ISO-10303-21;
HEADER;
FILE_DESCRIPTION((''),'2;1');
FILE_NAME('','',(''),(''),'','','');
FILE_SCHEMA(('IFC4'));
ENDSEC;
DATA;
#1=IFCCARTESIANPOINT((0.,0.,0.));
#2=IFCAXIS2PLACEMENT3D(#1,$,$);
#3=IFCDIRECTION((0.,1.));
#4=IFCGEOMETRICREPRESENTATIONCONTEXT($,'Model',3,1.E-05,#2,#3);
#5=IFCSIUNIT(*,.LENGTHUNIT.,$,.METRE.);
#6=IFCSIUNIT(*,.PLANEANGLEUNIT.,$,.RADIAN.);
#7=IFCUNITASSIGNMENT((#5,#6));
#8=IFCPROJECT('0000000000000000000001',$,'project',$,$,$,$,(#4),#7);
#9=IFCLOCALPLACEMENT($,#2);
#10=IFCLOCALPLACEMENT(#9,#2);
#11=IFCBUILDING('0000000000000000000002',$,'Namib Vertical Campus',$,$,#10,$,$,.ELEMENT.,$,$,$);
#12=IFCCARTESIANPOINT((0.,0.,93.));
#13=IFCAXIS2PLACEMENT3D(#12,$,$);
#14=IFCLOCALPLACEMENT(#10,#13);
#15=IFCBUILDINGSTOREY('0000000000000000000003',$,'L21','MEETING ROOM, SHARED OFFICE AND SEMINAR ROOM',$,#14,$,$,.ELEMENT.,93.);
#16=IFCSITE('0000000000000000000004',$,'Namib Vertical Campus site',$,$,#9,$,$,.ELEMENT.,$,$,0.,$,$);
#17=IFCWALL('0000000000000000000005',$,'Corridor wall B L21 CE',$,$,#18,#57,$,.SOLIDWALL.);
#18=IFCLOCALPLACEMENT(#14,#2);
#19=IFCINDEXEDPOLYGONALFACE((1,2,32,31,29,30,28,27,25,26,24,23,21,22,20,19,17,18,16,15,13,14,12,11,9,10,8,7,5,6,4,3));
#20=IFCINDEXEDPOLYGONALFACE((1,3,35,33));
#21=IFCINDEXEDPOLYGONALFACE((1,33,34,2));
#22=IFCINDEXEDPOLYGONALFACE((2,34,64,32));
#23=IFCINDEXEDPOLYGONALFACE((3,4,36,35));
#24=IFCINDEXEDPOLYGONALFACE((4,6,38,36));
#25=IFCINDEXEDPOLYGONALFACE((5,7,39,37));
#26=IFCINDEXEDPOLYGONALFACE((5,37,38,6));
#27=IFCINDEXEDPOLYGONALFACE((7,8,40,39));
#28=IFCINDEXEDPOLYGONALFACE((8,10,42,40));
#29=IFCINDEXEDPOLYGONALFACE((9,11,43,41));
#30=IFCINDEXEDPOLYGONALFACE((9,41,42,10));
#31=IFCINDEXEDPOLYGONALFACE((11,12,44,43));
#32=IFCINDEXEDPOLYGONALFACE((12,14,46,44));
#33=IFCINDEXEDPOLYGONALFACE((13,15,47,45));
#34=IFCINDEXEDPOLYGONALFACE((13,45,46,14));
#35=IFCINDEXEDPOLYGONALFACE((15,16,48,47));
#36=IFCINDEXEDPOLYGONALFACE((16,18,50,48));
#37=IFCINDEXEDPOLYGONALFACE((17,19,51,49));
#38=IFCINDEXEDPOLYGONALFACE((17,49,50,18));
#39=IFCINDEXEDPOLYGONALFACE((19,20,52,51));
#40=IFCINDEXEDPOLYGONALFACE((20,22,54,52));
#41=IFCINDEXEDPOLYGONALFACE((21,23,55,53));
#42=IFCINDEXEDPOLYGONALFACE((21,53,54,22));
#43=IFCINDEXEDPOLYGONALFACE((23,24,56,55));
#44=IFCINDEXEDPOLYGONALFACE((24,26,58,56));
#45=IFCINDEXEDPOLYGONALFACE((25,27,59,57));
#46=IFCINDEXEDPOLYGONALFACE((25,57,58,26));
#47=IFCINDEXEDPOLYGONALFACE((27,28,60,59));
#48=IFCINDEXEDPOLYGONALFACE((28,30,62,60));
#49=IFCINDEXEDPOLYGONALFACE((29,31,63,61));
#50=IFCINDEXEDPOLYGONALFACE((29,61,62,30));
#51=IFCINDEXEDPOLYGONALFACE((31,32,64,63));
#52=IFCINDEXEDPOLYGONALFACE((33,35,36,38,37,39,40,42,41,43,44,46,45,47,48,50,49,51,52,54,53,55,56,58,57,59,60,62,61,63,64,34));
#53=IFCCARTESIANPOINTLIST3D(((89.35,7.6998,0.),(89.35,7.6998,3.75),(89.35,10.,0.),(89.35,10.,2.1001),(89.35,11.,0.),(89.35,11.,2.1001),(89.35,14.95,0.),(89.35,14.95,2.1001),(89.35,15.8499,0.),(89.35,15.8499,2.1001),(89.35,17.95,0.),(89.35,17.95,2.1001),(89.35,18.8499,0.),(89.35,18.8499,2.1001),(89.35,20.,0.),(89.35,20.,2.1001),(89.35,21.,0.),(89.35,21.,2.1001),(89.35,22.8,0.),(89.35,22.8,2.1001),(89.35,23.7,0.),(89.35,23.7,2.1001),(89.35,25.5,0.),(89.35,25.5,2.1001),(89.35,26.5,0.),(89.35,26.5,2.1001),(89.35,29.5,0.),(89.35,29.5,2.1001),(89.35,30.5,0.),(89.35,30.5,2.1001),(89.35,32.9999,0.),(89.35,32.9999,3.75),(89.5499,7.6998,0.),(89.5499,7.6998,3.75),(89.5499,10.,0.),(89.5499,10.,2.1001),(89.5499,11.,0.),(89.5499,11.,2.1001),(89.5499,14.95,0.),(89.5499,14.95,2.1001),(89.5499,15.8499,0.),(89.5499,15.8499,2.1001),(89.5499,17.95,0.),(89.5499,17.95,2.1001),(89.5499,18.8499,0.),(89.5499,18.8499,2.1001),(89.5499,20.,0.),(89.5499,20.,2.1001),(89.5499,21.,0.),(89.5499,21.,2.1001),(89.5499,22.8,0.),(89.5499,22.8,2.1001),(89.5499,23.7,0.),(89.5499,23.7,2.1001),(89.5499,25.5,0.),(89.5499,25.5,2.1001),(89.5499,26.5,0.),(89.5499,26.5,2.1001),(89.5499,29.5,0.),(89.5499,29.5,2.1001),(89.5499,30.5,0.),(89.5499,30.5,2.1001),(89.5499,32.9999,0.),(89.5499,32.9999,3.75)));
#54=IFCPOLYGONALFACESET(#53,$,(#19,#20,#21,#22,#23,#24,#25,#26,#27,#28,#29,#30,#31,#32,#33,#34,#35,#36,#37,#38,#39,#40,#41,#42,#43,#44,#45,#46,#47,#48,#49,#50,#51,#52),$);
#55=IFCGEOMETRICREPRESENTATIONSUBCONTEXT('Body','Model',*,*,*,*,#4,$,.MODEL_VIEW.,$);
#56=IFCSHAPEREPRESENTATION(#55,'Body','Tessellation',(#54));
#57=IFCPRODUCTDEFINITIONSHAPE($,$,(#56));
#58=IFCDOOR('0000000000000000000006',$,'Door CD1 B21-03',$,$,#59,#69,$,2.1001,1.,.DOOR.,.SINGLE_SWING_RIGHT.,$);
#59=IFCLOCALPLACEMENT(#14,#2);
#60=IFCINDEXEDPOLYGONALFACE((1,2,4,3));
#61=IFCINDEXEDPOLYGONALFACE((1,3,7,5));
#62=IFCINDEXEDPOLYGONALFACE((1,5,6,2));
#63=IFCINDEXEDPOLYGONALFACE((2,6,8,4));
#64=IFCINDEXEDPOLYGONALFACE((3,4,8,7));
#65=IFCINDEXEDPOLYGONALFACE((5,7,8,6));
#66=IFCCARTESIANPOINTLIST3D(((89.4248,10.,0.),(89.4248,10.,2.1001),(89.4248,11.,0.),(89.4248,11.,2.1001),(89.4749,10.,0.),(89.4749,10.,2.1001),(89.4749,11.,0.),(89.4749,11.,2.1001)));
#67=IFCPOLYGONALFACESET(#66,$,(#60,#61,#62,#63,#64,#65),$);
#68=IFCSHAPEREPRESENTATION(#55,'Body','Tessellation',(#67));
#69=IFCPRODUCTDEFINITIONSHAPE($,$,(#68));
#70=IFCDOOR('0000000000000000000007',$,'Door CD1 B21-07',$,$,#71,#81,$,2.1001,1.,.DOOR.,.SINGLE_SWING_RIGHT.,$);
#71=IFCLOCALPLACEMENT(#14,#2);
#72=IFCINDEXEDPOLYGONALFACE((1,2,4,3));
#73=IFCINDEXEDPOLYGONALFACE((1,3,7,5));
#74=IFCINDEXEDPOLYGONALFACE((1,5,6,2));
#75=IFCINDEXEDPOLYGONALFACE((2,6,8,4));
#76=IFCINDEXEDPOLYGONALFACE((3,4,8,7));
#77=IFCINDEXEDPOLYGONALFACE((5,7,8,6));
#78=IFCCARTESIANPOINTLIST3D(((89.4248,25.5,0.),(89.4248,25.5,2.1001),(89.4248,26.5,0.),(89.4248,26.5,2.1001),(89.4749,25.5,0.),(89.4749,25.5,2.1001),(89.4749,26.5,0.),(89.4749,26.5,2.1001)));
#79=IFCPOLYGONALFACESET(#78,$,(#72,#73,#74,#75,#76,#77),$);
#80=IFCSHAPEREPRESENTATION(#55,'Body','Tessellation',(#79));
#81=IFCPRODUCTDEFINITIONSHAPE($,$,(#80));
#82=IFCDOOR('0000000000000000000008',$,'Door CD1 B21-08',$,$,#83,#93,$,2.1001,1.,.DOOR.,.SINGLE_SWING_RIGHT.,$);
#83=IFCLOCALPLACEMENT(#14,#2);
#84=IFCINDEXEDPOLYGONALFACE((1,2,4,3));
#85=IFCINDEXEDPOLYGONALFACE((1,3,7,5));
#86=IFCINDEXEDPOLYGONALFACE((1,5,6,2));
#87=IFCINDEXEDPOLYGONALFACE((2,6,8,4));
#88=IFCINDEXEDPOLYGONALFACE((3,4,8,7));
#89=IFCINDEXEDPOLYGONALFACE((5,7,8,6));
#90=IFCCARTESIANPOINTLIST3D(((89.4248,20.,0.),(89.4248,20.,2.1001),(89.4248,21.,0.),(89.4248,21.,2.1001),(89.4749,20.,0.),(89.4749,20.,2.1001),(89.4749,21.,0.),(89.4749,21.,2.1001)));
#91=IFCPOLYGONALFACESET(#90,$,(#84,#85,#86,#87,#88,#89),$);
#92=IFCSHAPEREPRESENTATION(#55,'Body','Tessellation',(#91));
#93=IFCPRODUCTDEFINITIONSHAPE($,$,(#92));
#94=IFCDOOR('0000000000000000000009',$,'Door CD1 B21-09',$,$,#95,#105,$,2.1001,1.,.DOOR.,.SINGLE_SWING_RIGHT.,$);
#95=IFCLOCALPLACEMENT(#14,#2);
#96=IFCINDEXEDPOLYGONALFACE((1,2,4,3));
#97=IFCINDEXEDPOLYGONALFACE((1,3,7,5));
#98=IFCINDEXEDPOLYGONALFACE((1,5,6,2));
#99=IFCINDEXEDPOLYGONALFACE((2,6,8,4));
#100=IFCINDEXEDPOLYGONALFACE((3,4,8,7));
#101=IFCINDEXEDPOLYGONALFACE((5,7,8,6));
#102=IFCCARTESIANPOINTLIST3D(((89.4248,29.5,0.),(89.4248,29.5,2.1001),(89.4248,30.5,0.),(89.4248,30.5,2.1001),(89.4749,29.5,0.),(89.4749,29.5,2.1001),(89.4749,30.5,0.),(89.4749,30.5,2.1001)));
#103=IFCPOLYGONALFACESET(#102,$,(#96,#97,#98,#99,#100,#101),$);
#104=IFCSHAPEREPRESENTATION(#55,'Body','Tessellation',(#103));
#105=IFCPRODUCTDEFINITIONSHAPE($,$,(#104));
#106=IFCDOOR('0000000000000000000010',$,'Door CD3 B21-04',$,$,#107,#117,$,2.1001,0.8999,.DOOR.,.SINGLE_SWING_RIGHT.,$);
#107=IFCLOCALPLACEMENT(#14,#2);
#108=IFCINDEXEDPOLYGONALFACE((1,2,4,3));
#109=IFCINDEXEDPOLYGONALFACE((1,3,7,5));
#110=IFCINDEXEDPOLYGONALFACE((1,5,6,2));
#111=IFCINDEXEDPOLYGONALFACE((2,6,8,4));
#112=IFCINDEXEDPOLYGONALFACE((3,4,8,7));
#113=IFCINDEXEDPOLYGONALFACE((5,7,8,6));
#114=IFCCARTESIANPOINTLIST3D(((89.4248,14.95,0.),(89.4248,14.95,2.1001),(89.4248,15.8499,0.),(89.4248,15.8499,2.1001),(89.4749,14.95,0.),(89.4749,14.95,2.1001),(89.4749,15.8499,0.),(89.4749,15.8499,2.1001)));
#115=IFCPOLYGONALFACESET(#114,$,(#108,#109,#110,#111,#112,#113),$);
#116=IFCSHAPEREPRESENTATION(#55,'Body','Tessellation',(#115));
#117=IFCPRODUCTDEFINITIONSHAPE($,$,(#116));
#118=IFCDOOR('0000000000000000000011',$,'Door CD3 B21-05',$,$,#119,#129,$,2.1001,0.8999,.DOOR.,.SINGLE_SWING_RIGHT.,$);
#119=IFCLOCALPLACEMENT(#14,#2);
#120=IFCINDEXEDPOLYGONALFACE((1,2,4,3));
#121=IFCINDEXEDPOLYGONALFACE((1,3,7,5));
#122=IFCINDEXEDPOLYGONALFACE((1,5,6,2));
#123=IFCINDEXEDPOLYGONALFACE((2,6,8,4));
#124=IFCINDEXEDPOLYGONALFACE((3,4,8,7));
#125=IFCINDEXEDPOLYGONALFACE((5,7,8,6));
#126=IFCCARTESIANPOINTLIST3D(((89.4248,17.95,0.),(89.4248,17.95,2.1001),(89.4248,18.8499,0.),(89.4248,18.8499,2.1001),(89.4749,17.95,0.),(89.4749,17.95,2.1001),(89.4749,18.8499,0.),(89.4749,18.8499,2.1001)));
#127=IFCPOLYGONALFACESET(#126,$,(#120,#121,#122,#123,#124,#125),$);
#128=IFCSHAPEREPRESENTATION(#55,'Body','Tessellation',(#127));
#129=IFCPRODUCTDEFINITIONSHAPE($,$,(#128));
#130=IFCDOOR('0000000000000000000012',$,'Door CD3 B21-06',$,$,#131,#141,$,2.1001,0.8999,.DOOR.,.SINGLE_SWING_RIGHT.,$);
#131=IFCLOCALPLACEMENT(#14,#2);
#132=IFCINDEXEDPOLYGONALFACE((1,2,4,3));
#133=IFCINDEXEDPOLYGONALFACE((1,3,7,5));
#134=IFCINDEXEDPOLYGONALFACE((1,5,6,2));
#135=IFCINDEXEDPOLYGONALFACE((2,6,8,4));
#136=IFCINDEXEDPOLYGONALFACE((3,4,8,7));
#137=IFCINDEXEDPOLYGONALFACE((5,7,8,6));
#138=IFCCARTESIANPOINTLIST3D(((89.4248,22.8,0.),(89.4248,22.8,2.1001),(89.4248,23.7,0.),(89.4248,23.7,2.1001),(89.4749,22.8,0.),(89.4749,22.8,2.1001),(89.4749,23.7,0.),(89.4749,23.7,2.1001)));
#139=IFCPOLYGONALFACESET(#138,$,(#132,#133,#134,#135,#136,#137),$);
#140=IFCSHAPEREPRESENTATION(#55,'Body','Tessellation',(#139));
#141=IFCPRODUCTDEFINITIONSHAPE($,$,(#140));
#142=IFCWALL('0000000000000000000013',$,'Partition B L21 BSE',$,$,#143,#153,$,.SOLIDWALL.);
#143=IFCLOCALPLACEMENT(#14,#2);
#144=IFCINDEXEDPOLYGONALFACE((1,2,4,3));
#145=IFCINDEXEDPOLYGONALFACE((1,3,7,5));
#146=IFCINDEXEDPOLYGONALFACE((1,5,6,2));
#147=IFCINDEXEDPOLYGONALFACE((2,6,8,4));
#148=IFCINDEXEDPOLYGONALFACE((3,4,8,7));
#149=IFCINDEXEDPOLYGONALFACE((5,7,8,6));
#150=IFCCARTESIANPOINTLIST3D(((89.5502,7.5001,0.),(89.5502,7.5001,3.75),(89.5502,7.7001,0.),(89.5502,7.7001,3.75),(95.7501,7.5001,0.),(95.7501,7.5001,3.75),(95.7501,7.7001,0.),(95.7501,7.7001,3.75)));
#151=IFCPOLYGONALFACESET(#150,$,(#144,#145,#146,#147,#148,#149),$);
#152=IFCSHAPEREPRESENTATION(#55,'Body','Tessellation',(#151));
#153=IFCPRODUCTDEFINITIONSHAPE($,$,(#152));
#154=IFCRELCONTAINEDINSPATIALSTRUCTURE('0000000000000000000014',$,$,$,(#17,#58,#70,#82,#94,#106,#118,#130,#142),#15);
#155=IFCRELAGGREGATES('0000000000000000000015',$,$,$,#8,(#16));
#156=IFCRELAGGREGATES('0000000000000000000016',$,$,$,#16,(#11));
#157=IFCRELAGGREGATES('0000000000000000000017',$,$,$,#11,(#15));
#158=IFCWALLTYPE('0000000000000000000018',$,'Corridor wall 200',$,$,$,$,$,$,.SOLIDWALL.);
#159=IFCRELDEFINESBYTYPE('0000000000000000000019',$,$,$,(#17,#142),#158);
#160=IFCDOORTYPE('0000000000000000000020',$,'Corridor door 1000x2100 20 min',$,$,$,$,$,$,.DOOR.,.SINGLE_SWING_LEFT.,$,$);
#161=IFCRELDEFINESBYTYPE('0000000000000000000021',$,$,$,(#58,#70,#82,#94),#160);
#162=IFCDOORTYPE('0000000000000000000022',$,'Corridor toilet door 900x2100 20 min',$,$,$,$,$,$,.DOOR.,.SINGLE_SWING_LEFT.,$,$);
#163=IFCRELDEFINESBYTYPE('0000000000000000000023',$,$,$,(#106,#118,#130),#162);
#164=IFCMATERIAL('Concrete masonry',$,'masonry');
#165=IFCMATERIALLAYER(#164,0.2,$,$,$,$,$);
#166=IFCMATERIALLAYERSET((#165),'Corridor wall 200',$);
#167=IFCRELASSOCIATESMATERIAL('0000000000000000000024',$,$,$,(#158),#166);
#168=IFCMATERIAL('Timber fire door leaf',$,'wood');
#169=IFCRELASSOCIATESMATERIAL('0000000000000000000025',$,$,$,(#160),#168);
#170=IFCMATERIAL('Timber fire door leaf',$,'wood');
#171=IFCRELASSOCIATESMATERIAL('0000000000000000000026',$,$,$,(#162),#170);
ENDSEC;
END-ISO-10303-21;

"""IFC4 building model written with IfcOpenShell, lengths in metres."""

from ifc_helpers import new_model, si_unit, direction, frame, frame_2d, origin, place, context, subcontext, project, spatial, rectangle, extrude, material, layer, layer_set, type_object, element, fill, save


model = new_model("IFC4")

# Units and contexts
model_context = context("Model", 3, precision=1e-05, world=origin(), true_north=direction((0.0, 1.0)))
body_context = subcontext(model_context, "Body", "Model", "MODEL_VIEW")
ifc_project = project(units=[si_unit("LENGTHUNIT", "METRE"), si_unit("PLANEANGLEUNIT", "RADIAN")], contexts=[model_context])

# Site, building, storey
site_placement = place(None, origin())
site = spatial("IfcSite", under=ifc_project, at=site_placement, Name="Namib Vertical Campus site", CompositionType="ELEMENT", RefElevation=0.0)
building_placement = place(site_placement, origin())
building = spatial("IfcBuilding", under=site, at=building_placement, Name="Namib Vertical Campus", CompositionType="ELEMENT")
storey_placement = place(building_placement, frame((0.0, 0.0, 93.0)))
storey = spatial("IfcBuildingStorey", under=building, at=storey_placement, Name="L21", Description="MEETING ROOM, SHARED OFFICE AND SEMINAR ROOM", CompositionType="ELEMENT", Elevation=93.0)

# Wall, openings, doors
ifc_material_1 = material(Name="Concrete masonry", Category="masonry")
ifc_layer_1 = layer(ifc_material_1, 0.2)
ifc_layer_set_1 = layer_set([ifc_layer_1], Name="Corridor wall 200")
wall_type_1 = type_object("IfcWallType", Name="Corridor wall 200", PredefinedType="SOLIDWALL", material=ifc_layer_set_1)
wall_1_placement = place(storey_placement, frame((89.45, 7.7, 0.0), z_axis=(0.0, 0.0, 1.0), x_axis=(0.0, 1.0, 0.0)))
wall_1 = element("IfcWall", 1, at=wall_1_placement, inside=storey, type_object=wall_type_1, Name="Corridor wall B L21 CE", PredefinedType="SOLIDWALL", context=body_context, shape_type="SweptSolid", body=[
    extrude(rectangle(XDim=25.3, YDim=0.2, at=frame_2d((12.6499, 0.0))), origin(), (0.0, 0.0, 1.0), 3.75),
])
opening_1_placement = place(wall_1_placement, frame((2.3, 0.0, 0.0)))
opening_1 = element("IfcOpeningElement", 2, at=opening_1_placement, cuts=wall_1, PredefinedType="OPENING", context=body_context, shape_type="SweptSolid", body=[
    extrude(rectangle(XDim=1.0, YDim=2.1001, at=frame_2d((0.5, 1.05))), frame((0.0, 0.1099, 0.0), z_axis=(0.0, -1.0, 0.0), x_axis=(1.0, 0.0, 0.0)), (0.0, 0.0, 1.0), 0.22),
])
opening_2_placement = place(wall_1_placement, frame((7.25, 0.0, 0.0)))
opening_2 = element("IfcOpeningElement", 3, at=opening_2_placement, cuts=wall_1, PredefinedType="OPENING", context=body_context, shape_type="SweptSolid", body=[
    extrude(rectangle(XDim=0.8999, YDim=2.1001, at=frame_2d((0.45, 1.05))), frame((0.0, 0.1099, 0.0), z_axis=(0.0, -1.0, 0.0), x_axis=(1.0, 0.0, 0.0)), (0.0, 0.0, 1.0), 0.22),
])
opening_3_placement = place(wall_1_placement, frame((10.25, 0.0, 0.0)))
opening_3 = element("IfcOpeningElement", 4, at=opening_3_placement, cuts=wall_1, PredefinedType="OPENING", context=body_context, shape_type="SweptSolid", body=[
    extrude(rectangle(XDim=0.8999, YDim=2.1001, at=frame_2d((0.45, 1.05))), frame((0.0, 0.1099, 0.0), z_axis=(0.0, -1.0, 0.0), x_axis=(1.0, 0.0, 0.0)), (0.0, 0.0, 1.0), 0.22),
])
opening_4_placement = place(wall_1_placement, frame((15.1001, 0.0, 0.0)))
opening_4 = element("IfcOpeningElement", 5, at=opening_4_placement, cuts=wall_1, PredefinedType="OPENING", context=body_context, shape_type="SweptSolid", body=[
    extrude(rectangle(XDim=0.8999, YDim=2.1001, at=frame_2d((0.45, 1.05))), frame((0.0, 0.1099, 0.0), z_axis=(0.0, -1.0, 0.0), x_axis=(1.0, 0.0, 0.0)), (0.0, 0.0, 1.0), 0.22),
])
opening_5_placement = place(wall_1_placement, frame((17.8, 0.0, 0.0)))
opening_5 = element("IfcOpeningElement", 6, at=opening_5_placement, cuts=wall_1, PredefinedType="OPENING", context=body_context, shape_type="SweptSolid", body=[
    extrude(rectangle(XDim=1.0, YDim=2.1001, at=frame_2d((0.5, 1.05))), frame((0.0, 0.1099, 0.0), z_axis=(0.0, -1.0, 0.0), x_axis=(1.0, 0.0, 0.0)), (0.0, 0.0, 1.0), 0.22),
])
opening_6_placement = place(wall_1_placement, frame((12.3, 0.0, 0.0)))
opening_6 = element("IfcOpeningElement", 7, at=opening_6_placement, cuts=wall_1, PredefinedType="OPENING", context=body_context, shape_type="SweptSolid", body=[
    extrude(rectangle(XDim=1.0, YDim=2.1001, at=frame_2d((0.5, 1.05))), frame((0.0, 0.1099, 0.0), z_axis=(0.0, -1.0, 0.0), x_axis=(1.0, 0.0, 0.0)), (0.0, 0.0, 1.0), 0.22),
])
opening_7_placement = place(wall_1_placement, frame((21.8, 0.0, 0.0)))
opening_7 = element("IfcOpeningElement", 8, at=opening_7_placement, cuts=wall_1, PredefinedType="OPENING", context=body_context, shape_type="SweptSolid", body=[
    extrude(rectangle(XDim=1.0, YDim=2.1001, at=frame_2d((0.5, 1.05))), frame((0.0, 0.1099, 0.0), z_axis=(0.0, -1.0, 0.0), x_axis=(1.0, 0.0, 0.0)), (0.0, 0.0, 1.0), 0.22),
])
ifc_material_2 = material(Name="Timber fire door leaf", Category="wood")
door_type_1 = type_object("IfcDoorType", Name="Corridor door 1000x2100 20 min", OperationType="SINGLE_SWING_LEFT", PredefinedType="DOOR", material=ifc_material_2)
door_1_placement = place(opening_1_placement, frame((1.0, 0.0, 0.0), z_axis=(0.0, 0.0, 1.0), x_axis=(-1.0, 0.0, 0.0)))
door_1 = element("IfcDoor", 9, at=door_1_placement, inside=storey, type_object=door_type_1, Name="Door CD1 B21-03", OperationType="SINGLE_SWING_RIGHT", OverallHeight=2.1001, OverallWidth=1.0, PredefinedType="DOOR", context=body_context, shape_type="SweptSolid", body=[
    extrude(rectangle(XDim=1.0, YDim=2.1001, at=frame_2d((0.5, 1.05))), frame((0.0, 0.0249, 0.0), z_axis=(0.0, -1.0, 0.0), x_axis=(1.0, 0.0, 0.0)), (0.0, 0.0, 1.0), 0.05),
])
fill(opening_1, door_1)
door_2_placement = place(opening_5_placement, frame((1.0, 0.0, 0.0), z_axis=(0.0, 0.0, 1.0), x_axis=(-1.0, 0.0, 0.0)))
door_2 = element("IfcDoor", 10, at=door_2_placement, inside=storey, type_object=door_type_1, Name="Door CD1 B21-07", OperationType="SINGLE_SWING_RIGHT", OverallHeight=2.1001, OverallWidth=1.0, PredefinedType="DOOR", context=body_context, shape_type="SweptSolid", body=[
    extrude(rectangle(XDim=1.0, YDim=2.1001, at=frame_2d((0.5, 1.05))), frame((0.0, 0.0249, 0.0), z_axis=(0.0, -1.0, 0.0), x_axis=(1.0, 0.0, 0.0)), (0.0, 0.0, 1.0), 0.05),
])
fill(opening_5, door_2)
door_3_placement = place(opening_6_placement, frame((1.0, 0.0, 0.0), z_axis=(0.0, 0.0, 1.0), x_axis=(-1.0, 0.0, 0.0)))
door_3 = element("IfcDoor", 11, at=door_3_placement, inside=storey, type_object=door_type_1, Name="Door CD1 B21-08", OperationType="SINGLE_SWING_RIGHT", OverallHeight=2.1001, OverallWidth=1.0, PredefinedType="DOOR", context=body_context, shape_type="SweptSolid", body=[
    extrude(rectangle(XDim=1.0, YDim=2.1001, at=frame_2d((0.5, 1.05))), frame((0.0, 0.0249, 0.0), z_axis=(0.0, -1.0, 0.0), x_axis=(1.0, 0.0, 0.0)), (0.0, 0.0, 1.0), 0.05),
])
fill(opening_6, door_3)
door_4_placement = place(opening_7_placement, frame((1.0, 0.0, 0.0), z_axis=(0.0, 0.0, 1.0), x_axis=(-1.0, 0.0, 0.0)))
door_4 = element("IfcDoor", 12, at=door_4_placement, inside=storey, type_object=door_type_1, Name="Door CD1 B21-09", OperationType="SINGLE_SWING_RIGHT", OverallHeight=2.1001, OverallWidth=1.0, PredefinedType="DOOR", context=body_context, shape_type="SweptSolid", body=[
    extrude(rectangle(XDim=1.0, YDim=2.1001, at=frame_2d((0.5, 1.05))), frame((0.0, 0.0249, 0.0), z_axis=(0.0, -1.0, 0.0), x_axis=(1.0, 0.0, 0.0)), (0.0, 0.0, 1.0), 0.05),
])
fill(opening_7, door_4)
ifc_material_3 = material(Name="Timber fire door leaf", Category="wood")
door_type_2 = type_object("IfcDoorType", Name="Corridor toilet door 900x2100 20 min", OperationType="SINGLE_SWING_LEFT", PredefinedType="DOOR", material=ifc_material_3)
door_5_placement = place(opening_2_placement, frame((0.8999, 0.0, 0.0), z_axis=(0.0, 0.0, 1.0), x_axis=(-1.0, 0.0, 0.0)))
door_5 = element("IfcDoor", 13, at=door_5_placement, inside=storey, type_object=door_type_2, Name="Door CD3 B21-04", OperationType="SINGLE_SWING_RIGHT", OverallHeight=2.1001, OverallWidth=0.8999, PredefinedType="DOOR", context=body_context, shape_type="SweptSolid", body=[
    extrude(rectangle(XDim=0.8999, YDim=2.1001, at=frame_2d((0.45, 1.05))), frame((0.0, 0.0249, 0.0), z_axis=(0.0, -1.0, 0.0), x_axis=(1.0, 0.0, 0.0)), (0.0, 0.0, 1.0), 0.05),
])
fill(opening_2, door_5)
door_6_placement = place(opening_3_placement, frame((0.8999, 0.0, 0.0), z_axis=(0.0, 0.0, 1.0), x_axis=(-1.0, 0.0, 0.0)))
door_6 = element("IfcDoor", 14, at=door_6_placement, inside=storey, type_object=door_type_2, Name="Door CD3 B21-05", OperationType="SINGLE_SWING_RIGHT", OverallHeight=2.1001, OverallWidth=0.8999, PredefinedType="DOOR", context=body_context, shape_type="SweptSolid", body=[
    extrude(rectangle(XDim=0.8999, YDim=2.1001, at=frame_2d((0.45, 1.05))), frame((0.0, 0.0249, 0.0), z_axis=(0.0, -1.0, 0.0), x_axis=(1.0, 0.0, 0.0)), (0.0, 0.0, 1.0), 0.05),
])
fill(opening_3, door_6)
door_7_placement = place(opening_4_placement, frame((0.8999, 0.0, 0.0), z_axis=(0.0, 0.0, 1.0), x_axis=(-1.0, 0.0, 0.0)))
door_7 = element("IfcDoor", 15, at=door_7_placement, inside=storey, type_object=door_type_2, Name="Door CD3 B21-06", OperationType="SINGLE_SWING_RIGHT", OverallHeight=2.1001, OverallWidth=0.8999, PredefinedType="DOOR", context=body_context, shape_type="SweptSolid", body=[
    extrude(rectangle(XDim=0.8999, YDim=2.1001, at=frame_2d((0.45, 1.05))), frame((0.0, 0.0249, 0.0), z_axis=(0.0, -1.0, 0.0), x_axis=(1.0, 0.0, 0.0)), (0.0, 0.0, 1.0), 0.05),
])
fill(opening_4, door_7)

# Wall
wall_2_placement = place(storey_placement, frame((89.55, 7.6001, 0.0), z_axis=(0.0, 0.0, 1.0), x_axis=(1.0, 0.0, 0.0)))
element("IfcWall", 16, at=wall_2_placement, inside=storey, type_object=wall_type_1, Name="Partition B L21 BSE", PredefinedType="SOLIDWALL", context=body_context, shape_type="SweptSolid", body=[
    extrude(rectangle(XDim=6.2, YDim=0.2, at=frame_2d((3.1001, 0.0))), origin(), (0.0, 0.0, 1.0), 3.75),
])

save(model, "model.ifc")
